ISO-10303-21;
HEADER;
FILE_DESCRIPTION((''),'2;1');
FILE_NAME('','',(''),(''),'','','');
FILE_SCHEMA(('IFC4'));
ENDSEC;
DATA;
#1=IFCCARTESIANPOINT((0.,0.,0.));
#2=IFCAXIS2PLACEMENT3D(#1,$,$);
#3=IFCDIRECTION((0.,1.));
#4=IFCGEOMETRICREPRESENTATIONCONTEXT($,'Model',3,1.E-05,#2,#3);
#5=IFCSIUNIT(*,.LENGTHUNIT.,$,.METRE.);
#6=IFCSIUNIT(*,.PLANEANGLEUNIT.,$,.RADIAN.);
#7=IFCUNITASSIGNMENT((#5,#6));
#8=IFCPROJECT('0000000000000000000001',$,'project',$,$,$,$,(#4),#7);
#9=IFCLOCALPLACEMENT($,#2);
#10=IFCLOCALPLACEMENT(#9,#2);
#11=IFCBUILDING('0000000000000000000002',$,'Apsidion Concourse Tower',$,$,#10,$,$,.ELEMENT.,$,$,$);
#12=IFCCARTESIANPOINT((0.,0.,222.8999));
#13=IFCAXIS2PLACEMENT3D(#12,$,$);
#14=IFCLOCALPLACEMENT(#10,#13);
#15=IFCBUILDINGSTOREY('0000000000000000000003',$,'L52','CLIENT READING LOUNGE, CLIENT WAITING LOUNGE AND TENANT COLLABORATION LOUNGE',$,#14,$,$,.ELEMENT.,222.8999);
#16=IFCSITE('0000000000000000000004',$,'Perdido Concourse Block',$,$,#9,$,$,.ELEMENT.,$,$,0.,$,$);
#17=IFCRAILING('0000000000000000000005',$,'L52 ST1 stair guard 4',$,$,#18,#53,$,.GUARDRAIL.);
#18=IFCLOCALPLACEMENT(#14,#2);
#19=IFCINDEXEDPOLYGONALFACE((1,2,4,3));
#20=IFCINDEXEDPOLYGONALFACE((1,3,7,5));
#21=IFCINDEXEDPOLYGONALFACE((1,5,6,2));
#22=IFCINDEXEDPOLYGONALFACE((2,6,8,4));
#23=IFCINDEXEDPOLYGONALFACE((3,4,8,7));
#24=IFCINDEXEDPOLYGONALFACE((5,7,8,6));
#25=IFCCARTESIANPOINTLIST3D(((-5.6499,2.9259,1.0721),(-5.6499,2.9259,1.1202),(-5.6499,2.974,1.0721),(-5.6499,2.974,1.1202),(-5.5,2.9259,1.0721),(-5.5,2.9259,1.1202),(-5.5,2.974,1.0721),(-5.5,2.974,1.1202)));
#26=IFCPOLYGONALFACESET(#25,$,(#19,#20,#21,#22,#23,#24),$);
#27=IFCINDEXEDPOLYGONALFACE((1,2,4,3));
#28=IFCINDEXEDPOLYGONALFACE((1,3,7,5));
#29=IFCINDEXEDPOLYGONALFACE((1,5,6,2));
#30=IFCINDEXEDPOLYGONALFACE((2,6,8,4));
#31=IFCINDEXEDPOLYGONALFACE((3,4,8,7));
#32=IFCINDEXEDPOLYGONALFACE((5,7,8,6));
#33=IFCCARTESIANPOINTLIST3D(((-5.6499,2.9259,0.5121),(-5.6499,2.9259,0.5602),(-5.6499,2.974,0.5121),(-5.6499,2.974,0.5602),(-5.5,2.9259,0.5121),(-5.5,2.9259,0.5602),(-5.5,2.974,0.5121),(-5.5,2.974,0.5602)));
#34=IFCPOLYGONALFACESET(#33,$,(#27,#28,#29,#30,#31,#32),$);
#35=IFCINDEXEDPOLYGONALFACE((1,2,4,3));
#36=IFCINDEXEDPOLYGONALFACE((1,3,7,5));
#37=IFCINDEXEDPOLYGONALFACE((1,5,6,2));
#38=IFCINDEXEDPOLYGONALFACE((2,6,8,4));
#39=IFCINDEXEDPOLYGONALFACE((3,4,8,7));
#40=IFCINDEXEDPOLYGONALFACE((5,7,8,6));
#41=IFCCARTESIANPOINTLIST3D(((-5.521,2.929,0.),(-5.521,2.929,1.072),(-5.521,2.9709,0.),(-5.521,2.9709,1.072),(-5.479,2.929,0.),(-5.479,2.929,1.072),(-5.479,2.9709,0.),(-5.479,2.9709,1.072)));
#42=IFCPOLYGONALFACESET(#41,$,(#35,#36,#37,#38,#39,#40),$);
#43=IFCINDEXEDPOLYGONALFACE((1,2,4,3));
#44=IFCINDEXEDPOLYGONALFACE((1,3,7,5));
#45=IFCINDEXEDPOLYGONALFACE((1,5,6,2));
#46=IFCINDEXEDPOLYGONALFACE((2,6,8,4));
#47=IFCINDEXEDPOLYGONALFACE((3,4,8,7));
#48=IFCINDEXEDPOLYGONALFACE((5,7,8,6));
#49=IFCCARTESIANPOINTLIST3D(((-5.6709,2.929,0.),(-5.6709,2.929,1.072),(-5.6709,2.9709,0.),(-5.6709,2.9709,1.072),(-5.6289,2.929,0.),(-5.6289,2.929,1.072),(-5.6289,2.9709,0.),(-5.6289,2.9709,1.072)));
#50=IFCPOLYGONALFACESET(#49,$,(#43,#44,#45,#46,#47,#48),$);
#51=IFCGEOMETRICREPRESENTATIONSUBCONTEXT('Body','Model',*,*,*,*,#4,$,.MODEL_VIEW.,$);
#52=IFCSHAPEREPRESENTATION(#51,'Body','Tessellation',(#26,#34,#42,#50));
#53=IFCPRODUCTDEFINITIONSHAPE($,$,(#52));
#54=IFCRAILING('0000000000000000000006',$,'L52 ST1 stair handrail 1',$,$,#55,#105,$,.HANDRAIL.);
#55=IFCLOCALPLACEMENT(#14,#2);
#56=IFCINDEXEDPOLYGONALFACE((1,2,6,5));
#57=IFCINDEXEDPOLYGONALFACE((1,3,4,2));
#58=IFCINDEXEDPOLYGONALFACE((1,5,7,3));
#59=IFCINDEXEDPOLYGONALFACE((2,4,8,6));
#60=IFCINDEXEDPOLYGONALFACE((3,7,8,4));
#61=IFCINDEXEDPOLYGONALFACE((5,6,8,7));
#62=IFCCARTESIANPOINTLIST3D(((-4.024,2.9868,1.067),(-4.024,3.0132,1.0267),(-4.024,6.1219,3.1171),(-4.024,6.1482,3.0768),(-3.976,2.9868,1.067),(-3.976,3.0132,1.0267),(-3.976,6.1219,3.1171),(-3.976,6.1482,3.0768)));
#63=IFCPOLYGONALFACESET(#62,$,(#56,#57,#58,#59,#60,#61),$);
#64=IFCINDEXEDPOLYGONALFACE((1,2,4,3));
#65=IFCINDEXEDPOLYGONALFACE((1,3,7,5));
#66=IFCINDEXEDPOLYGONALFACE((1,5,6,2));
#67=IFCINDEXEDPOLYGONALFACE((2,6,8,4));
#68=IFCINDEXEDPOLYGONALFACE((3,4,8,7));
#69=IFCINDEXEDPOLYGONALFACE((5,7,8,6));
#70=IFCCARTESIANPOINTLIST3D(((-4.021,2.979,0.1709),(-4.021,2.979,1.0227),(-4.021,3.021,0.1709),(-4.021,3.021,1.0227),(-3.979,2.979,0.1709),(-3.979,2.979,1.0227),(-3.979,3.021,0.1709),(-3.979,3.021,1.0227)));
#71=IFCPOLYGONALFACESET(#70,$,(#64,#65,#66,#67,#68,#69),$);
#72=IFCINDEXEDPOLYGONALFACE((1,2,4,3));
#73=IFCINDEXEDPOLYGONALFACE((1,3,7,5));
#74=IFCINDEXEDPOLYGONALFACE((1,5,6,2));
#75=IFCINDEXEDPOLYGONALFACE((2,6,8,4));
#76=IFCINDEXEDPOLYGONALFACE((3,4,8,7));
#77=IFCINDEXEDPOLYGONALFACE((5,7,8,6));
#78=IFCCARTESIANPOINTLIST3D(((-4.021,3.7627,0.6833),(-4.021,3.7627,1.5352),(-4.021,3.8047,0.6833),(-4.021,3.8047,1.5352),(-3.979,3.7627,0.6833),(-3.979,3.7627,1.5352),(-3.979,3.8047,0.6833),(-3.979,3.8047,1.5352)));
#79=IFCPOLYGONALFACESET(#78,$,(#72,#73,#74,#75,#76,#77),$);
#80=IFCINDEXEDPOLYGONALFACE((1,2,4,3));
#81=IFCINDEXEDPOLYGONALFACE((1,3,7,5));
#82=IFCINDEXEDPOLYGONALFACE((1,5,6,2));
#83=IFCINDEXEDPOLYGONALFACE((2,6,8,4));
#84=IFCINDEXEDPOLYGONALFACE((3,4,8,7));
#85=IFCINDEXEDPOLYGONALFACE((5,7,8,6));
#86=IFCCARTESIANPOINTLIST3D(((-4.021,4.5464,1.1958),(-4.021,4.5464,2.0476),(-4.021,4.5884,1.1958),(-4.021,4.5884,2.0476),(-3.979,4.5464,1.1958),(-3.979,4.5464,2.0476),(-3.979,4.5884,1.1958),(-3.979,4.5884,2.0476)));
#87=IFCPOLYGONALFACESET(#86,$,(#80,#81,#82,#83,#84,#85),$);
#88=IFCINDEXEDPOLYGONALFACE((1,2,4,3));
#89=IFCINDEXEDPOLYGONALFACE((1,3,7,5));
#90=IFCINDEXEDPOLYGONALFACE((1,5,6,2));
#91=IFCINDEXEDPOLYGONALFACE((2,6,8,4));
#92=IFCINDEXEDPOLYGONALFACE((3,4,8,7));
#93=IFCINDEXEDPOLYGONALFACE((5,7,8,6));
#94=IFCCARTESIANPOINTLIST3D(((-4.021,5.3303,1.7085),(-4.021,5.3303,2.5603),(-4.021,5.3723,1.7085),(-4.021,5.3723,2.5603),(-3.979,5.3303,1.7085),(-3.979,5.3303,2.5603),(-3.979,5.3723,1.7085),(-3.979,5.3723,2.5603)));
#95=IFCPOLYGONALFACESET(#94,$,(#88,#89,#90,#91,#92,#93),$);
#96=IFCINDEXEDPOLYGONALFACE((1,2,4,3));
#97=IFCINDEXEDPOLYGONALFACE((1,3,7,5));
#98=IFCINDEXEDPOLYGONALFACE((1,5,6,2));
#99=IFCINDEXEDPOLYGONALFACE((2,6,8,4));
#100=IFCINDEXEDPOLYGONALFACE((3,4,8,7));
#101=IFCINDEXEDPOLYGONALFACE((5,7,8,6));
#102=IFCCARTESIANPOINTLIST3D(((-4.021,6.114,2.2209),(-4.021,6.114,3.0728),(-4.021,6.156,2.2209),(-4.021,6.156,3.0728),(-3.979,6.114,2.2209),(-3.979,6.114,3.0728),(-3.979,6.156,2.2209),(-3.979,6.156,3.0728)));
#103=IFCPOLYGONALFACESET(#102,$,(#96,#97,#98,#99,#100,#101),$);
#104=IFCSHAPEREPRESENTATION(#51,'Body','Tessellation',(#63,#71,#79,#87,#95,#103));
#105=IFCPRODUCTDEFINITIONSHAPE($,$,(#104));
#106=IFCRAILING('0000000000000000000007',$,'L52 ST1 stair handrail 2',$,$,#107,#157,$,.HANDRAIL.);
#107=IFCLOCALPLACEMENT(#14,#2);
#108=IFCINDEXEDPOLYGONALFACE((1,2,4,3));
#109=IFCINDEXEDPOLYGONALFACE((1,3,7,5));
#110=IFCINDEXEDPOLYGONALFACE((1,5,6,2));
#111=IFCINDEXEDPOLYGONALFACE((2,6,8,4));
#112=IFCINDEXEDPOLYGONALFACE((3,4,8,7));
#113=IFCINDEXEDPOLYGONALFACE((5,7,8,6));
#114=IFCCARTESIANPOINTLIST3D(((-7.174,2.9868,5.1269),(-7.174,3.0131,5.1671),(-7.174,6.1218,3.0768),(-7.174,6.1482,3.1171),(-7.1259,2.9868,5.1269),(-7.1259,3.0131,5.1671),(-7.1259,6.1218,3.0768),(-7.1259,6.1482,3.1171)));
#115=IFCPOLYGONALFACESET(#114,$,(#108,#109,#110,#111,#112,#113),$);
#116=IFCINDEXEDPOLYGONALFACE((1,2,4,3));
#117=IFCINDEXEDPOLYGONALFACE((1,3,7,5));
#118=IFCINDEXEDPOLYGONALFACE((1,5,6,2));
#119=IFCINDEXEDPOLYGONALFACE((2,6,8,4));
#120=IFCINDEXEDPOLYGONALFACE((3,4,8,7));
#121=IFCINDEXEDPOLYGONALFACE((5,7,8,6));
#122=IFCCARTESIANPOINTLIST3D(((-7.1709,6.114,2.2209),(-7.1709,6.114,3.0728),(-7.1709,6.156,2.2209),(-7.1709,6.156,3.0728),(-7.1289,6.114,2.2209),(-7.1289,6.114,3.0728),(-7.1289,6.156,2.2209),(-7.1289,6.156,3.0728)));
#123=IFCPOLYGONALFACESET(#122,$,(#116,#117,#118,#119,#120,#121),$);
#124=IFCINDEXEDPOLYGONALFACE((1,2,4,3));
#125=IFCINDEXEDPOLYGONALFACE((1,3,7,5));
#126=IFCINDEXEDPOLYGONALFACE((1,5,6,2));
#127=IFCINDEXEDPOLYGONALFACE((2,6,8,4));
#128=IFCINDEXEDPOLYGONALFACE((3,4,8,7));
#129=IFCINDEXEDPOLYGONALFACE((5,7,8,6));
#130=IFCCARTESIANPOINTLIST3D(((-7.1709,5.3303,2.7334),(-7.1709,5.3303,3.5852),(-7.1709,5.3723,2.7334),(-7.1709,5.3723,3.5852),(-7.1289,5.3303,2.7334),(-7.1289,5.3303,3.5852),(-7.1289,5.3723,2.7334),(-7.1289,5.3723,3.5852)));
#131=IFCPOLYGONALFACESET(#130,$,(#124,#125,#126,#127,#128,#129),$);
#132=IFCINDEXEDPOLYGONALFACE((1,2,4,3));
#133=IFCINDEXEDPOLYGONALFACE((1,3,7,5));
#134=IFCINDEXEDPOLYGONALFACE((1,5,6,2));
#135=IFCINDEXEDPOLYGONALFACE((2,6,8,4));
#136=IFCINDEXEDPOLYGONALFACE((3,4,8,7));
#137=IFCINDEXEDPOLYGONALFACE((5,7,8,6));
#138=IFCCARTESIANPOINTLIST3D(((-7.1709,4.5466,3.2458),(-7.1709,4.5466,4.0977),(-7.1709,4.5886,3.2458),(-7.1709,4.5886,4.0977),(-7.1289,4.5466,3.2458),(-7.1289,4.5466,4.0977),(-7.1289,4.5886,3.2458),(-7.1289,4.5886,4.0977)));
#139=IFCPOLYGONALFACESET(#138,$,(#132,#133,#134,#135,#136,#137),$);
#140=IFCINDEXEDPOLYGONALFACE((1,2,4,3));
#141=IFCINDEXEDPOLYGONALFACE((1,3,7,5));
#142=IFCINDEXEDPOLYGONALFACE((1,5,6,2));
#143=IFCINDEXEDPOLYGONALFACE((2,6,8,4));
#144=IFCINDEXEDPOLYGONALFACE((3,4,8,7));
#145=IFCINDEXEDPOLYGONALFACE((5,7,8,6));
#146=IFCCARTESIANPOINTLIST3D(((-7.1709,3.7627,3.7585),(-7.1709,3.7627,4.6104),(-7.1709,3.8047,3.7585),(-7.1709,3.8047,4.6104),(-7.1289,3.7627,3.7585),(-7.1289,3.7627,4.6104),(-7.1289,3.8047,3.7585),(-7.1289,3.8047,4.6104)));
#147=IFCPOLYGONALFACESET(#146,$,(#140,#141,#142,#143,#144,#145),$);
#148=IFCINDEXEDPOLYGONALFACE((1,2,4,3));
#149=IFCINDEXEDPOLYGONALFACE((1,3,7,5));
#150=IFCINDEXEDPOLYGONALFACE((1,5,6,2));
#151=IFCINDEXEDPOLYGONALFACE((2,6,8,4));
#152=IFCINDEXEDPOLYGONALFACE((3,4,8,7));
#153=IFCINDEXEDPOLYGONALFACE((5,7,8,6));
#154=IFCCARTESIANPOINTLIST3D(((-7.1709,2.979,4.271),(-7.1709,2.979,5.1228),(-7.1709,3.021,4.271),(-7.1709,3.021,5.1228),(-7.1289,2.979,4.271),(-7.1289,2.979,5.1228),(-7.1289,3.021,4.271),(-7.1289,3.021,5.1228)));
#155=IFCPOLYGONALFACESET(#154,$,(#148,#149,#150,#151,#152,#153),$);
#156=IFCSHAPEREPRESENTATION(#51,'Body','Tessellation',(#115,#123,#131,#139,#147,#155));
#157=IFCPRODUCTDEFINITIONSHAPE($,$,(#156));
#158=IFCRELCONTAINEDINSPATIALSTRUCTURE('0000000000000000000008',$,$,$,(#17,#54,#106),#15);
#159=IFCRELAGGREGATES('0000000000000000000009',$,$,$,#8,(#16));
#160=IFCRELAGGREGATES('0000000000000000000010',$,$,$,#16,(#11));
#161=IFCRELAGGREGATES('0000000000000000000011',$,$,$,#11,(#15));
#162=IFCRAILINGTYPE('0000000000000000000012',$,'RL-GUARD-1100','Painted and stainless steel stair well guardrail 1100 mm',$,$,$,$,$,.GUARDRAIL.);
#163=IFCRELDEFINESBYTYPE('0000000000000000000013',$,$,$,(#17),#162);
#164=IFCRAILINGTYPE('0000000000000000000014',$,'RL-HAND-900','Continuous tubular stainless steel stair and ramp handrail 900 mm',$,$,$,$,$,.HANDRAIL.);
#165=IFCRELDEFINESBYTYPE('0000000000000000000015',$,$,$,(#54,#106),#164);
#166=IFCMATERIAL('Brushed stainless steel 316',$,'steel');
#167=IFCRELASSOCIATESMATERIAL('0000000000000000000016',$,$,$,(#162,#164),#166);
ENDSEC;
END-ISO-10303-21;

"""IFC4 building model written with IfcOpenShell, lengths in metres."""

from ifc_helpers import new_model, si_unit, direction, frame, origin, origin_2d, place, context, subcontext, project, spatial, rectangle, extrude, material, type_object, element, save


model = new_model("IFC4")

# Units and contexts
model_context = context("Model", 3, precision=1e-05, world=origin(), true_north=direction((0.0, 1.0)))
body_context = subcontext(model_context, "Body", "Model", "MODEL_VIEW")
ifc_project = project(units=[si_unit("LENGTHUNIT", "METRE"), si_unit("PLANEANGLEUNIT", "RADIAN")], contexts=[model_context])

# Site, building, storey
site_placement = place(None, origin())
site = spatial("IfcSite", under=ifc_project, at=site_placement, Name="Perdido Concourse Block", CompositionType="ELEMENT", RefElevation=0.0)
building_placement = place(site_placement, origin())
building = spatial("IfcBuilding", under=site, at=building_placement, Name="Apsidion Concourse Tower", CompositionType="ELEMENT")
storey_placement = place(building_placement, frame((0.0, 0.0, 222.8999)))
storey = spatial("IfcBuildingStorey", under=building, at=storey_placement, Name="L52", Description="CLIENT READING LOUNGE, CLIENT WAITING LOUNGE AND TENANT COLLABORATION LOUNGE", CompositionType="ELEMENT", Elevation=222.8999)

# Shared definitions
ifc_material_1 = material(Name="Brushed stainless steel 316", Category="steel")

# Railings
railing_type_1 = type_object("IfcRailingType", Name="RL-GUARD-1100", Description="Painted and stainless steel stair well guardrail 1100 mm", PredefinedType="GUARDRAIL", material=ifc_material_1)
railing_1_placement = place(storey_placement, frame((-5.5, 2.95, 0.0)))
element("IfcRailing", 1, at=railing_1_placement, inside=storey, type_object=railing_type_1, Name="L52 ST1 stair guard 4", PredefinedType="GUARDRAIL", context=body_context, shape_type="SweptSolid", body=[
    extrude(rectangle(XDim=0.0481, YDim=0.0481, at=origin_2d()), frame((0.0, 0.0, 1.0962), z_axis=(-1.0, 0.0, 0.0), x_axis=(0.0, -1.0, 0.0)), (0.0, 0.0, 1.0), 0.1499),
    extrude(rectangle(XDim=0.0481, YDim=0.0481, at=origin_2d()), frame((0.0, 0.0, 0.5361), z_axis=(-1.0, 0.0, 0.0), x_axis=(0.0, -1.0, 0.0)), (0.0, 0.0, 1.0), 0.1499),
    extrude(rectangle(XDim=0.042, YDim=0.042, at=origin_2d()), origin(), (0.0, 0.0, 1.0), 1.072),
    extrude(rectangle(XDim=0.042, YDim=0.042, at=origin_2d()), frame((-0.1499, 0.0, 0.0)), (0.0, 0.0, 1.0), 1.072),
])
railing_type_2 = type_object("IfcRailingType", Name="RL-HAND-900", Description="Continuous tubular stainless steel stair and ramp handrail 900 mm", PredefinedType="HANDRAIL", material=ifc_material_1)
railing_2_placement = place(storey_placement, frame((-4.0, 3.0, 0.1709)))
element("IfcRailing", 2, at=railing_2_placement, inside=storey, type_object=railing_type_2, Name="L52 ST1 stair handrail 1", PredefinedType="HANDRAIL", context=body_context, shape_type="SweptSolid", body=[
    extrude(rectangle(XDim=0.0481, YDim=0.0481, at=origin_2d()), frame((0.0, 0.0, 0.876), z_axis=(0.0, 0.836941, 0.547293), x_axis=(-1.0, 0.0, 0.0)), (0.0, 0.0, 1.0), 3.7458),
    extrude(rectangle(XDim=0.042, YDim=0.042, at=origin_2d()), origin(), (0.0, 0.0, 1.0), 0.8518),
    extrude(rectangle(XDim=0.042, YDim=0.042, at=origin_2d()), frame((0.0, 0.7837, 0.5125)), (0.0, 0.0, 1.0), 0.8518),
    extrude(rectangle(XDim=0.042, YDim=0.042, at=origin_2d()), frame((0.0, 1.5674, 1.0249)), (0.0, 0.0, 1.0), 0.8518),
    extrude(rectangle(XDim=0.042, YDim=0.042, at=origin_2d()), frame((0.0, 2.3513, 1.5376)), (0.0, 0.0, 1.0), 0.8518),
    extrude(rectangle(XDim=0.042, YDim=0.042, at=origin_2d()), frame((0.0, 3.135, 2.05)), (0.0, 0.0, 1.0), 0.8518),
])
railing_3_placement = place(storey_placement, frame((-7.1499, 6.135, 2.2209)))
element("IfcRailing", 3, at=railing_3_placement, inside=storey, type_object=railing_type_2, Name="L52 ST1 stair handrail 2", PredefinedType="HANDRAIL", context=body_context, shape_type="SweptSolid", body=[
    extrude(rectangle(XDim=0.0481, YDim=0.0481, at=origin_2d()), frame((0.0, 0.0, 0.876), z_axis=(0.0, -0.836941, 0.547293), x_axis=(1.0, 0.0, 0.0)), (0.0, 0.0, 1.0), 3.7458),
    extrude(rectangle(XDim=0.042, YDim=0.042, at=origin_2d()), origin(), (0.0, 0.0, 1.0), 0.8518),
    extrude(rectangle(XDim=0.042, YDim=0.042, at=origin_2d()), frame((0.0, -0.7837, 0.5125)), (0.0, 0.0, 1.0), 0.8518),
    extrude(rectangle(XDim=0.042, YDim=0.042, at=origin_2d()), frame((0.0, -1.5674, 1.0249)), (0.0, 0.0, 1.0), 0.8518),
    extrude(rectangle(XDim=0.042, YDim=0.042, at=origin_2d()), frame((0.0, -2.3513, 1.5376)), (0.0, 0.0, 1.0), 0.8518),
    extrude(rectangle(XDim=0.042, YDim=0.042, at=origin_2d()), frame((0.0, -3.135, 2.05)), (0.0, 0.0, 1.0), 0.8518),
])

save(model, "model.ifc")
